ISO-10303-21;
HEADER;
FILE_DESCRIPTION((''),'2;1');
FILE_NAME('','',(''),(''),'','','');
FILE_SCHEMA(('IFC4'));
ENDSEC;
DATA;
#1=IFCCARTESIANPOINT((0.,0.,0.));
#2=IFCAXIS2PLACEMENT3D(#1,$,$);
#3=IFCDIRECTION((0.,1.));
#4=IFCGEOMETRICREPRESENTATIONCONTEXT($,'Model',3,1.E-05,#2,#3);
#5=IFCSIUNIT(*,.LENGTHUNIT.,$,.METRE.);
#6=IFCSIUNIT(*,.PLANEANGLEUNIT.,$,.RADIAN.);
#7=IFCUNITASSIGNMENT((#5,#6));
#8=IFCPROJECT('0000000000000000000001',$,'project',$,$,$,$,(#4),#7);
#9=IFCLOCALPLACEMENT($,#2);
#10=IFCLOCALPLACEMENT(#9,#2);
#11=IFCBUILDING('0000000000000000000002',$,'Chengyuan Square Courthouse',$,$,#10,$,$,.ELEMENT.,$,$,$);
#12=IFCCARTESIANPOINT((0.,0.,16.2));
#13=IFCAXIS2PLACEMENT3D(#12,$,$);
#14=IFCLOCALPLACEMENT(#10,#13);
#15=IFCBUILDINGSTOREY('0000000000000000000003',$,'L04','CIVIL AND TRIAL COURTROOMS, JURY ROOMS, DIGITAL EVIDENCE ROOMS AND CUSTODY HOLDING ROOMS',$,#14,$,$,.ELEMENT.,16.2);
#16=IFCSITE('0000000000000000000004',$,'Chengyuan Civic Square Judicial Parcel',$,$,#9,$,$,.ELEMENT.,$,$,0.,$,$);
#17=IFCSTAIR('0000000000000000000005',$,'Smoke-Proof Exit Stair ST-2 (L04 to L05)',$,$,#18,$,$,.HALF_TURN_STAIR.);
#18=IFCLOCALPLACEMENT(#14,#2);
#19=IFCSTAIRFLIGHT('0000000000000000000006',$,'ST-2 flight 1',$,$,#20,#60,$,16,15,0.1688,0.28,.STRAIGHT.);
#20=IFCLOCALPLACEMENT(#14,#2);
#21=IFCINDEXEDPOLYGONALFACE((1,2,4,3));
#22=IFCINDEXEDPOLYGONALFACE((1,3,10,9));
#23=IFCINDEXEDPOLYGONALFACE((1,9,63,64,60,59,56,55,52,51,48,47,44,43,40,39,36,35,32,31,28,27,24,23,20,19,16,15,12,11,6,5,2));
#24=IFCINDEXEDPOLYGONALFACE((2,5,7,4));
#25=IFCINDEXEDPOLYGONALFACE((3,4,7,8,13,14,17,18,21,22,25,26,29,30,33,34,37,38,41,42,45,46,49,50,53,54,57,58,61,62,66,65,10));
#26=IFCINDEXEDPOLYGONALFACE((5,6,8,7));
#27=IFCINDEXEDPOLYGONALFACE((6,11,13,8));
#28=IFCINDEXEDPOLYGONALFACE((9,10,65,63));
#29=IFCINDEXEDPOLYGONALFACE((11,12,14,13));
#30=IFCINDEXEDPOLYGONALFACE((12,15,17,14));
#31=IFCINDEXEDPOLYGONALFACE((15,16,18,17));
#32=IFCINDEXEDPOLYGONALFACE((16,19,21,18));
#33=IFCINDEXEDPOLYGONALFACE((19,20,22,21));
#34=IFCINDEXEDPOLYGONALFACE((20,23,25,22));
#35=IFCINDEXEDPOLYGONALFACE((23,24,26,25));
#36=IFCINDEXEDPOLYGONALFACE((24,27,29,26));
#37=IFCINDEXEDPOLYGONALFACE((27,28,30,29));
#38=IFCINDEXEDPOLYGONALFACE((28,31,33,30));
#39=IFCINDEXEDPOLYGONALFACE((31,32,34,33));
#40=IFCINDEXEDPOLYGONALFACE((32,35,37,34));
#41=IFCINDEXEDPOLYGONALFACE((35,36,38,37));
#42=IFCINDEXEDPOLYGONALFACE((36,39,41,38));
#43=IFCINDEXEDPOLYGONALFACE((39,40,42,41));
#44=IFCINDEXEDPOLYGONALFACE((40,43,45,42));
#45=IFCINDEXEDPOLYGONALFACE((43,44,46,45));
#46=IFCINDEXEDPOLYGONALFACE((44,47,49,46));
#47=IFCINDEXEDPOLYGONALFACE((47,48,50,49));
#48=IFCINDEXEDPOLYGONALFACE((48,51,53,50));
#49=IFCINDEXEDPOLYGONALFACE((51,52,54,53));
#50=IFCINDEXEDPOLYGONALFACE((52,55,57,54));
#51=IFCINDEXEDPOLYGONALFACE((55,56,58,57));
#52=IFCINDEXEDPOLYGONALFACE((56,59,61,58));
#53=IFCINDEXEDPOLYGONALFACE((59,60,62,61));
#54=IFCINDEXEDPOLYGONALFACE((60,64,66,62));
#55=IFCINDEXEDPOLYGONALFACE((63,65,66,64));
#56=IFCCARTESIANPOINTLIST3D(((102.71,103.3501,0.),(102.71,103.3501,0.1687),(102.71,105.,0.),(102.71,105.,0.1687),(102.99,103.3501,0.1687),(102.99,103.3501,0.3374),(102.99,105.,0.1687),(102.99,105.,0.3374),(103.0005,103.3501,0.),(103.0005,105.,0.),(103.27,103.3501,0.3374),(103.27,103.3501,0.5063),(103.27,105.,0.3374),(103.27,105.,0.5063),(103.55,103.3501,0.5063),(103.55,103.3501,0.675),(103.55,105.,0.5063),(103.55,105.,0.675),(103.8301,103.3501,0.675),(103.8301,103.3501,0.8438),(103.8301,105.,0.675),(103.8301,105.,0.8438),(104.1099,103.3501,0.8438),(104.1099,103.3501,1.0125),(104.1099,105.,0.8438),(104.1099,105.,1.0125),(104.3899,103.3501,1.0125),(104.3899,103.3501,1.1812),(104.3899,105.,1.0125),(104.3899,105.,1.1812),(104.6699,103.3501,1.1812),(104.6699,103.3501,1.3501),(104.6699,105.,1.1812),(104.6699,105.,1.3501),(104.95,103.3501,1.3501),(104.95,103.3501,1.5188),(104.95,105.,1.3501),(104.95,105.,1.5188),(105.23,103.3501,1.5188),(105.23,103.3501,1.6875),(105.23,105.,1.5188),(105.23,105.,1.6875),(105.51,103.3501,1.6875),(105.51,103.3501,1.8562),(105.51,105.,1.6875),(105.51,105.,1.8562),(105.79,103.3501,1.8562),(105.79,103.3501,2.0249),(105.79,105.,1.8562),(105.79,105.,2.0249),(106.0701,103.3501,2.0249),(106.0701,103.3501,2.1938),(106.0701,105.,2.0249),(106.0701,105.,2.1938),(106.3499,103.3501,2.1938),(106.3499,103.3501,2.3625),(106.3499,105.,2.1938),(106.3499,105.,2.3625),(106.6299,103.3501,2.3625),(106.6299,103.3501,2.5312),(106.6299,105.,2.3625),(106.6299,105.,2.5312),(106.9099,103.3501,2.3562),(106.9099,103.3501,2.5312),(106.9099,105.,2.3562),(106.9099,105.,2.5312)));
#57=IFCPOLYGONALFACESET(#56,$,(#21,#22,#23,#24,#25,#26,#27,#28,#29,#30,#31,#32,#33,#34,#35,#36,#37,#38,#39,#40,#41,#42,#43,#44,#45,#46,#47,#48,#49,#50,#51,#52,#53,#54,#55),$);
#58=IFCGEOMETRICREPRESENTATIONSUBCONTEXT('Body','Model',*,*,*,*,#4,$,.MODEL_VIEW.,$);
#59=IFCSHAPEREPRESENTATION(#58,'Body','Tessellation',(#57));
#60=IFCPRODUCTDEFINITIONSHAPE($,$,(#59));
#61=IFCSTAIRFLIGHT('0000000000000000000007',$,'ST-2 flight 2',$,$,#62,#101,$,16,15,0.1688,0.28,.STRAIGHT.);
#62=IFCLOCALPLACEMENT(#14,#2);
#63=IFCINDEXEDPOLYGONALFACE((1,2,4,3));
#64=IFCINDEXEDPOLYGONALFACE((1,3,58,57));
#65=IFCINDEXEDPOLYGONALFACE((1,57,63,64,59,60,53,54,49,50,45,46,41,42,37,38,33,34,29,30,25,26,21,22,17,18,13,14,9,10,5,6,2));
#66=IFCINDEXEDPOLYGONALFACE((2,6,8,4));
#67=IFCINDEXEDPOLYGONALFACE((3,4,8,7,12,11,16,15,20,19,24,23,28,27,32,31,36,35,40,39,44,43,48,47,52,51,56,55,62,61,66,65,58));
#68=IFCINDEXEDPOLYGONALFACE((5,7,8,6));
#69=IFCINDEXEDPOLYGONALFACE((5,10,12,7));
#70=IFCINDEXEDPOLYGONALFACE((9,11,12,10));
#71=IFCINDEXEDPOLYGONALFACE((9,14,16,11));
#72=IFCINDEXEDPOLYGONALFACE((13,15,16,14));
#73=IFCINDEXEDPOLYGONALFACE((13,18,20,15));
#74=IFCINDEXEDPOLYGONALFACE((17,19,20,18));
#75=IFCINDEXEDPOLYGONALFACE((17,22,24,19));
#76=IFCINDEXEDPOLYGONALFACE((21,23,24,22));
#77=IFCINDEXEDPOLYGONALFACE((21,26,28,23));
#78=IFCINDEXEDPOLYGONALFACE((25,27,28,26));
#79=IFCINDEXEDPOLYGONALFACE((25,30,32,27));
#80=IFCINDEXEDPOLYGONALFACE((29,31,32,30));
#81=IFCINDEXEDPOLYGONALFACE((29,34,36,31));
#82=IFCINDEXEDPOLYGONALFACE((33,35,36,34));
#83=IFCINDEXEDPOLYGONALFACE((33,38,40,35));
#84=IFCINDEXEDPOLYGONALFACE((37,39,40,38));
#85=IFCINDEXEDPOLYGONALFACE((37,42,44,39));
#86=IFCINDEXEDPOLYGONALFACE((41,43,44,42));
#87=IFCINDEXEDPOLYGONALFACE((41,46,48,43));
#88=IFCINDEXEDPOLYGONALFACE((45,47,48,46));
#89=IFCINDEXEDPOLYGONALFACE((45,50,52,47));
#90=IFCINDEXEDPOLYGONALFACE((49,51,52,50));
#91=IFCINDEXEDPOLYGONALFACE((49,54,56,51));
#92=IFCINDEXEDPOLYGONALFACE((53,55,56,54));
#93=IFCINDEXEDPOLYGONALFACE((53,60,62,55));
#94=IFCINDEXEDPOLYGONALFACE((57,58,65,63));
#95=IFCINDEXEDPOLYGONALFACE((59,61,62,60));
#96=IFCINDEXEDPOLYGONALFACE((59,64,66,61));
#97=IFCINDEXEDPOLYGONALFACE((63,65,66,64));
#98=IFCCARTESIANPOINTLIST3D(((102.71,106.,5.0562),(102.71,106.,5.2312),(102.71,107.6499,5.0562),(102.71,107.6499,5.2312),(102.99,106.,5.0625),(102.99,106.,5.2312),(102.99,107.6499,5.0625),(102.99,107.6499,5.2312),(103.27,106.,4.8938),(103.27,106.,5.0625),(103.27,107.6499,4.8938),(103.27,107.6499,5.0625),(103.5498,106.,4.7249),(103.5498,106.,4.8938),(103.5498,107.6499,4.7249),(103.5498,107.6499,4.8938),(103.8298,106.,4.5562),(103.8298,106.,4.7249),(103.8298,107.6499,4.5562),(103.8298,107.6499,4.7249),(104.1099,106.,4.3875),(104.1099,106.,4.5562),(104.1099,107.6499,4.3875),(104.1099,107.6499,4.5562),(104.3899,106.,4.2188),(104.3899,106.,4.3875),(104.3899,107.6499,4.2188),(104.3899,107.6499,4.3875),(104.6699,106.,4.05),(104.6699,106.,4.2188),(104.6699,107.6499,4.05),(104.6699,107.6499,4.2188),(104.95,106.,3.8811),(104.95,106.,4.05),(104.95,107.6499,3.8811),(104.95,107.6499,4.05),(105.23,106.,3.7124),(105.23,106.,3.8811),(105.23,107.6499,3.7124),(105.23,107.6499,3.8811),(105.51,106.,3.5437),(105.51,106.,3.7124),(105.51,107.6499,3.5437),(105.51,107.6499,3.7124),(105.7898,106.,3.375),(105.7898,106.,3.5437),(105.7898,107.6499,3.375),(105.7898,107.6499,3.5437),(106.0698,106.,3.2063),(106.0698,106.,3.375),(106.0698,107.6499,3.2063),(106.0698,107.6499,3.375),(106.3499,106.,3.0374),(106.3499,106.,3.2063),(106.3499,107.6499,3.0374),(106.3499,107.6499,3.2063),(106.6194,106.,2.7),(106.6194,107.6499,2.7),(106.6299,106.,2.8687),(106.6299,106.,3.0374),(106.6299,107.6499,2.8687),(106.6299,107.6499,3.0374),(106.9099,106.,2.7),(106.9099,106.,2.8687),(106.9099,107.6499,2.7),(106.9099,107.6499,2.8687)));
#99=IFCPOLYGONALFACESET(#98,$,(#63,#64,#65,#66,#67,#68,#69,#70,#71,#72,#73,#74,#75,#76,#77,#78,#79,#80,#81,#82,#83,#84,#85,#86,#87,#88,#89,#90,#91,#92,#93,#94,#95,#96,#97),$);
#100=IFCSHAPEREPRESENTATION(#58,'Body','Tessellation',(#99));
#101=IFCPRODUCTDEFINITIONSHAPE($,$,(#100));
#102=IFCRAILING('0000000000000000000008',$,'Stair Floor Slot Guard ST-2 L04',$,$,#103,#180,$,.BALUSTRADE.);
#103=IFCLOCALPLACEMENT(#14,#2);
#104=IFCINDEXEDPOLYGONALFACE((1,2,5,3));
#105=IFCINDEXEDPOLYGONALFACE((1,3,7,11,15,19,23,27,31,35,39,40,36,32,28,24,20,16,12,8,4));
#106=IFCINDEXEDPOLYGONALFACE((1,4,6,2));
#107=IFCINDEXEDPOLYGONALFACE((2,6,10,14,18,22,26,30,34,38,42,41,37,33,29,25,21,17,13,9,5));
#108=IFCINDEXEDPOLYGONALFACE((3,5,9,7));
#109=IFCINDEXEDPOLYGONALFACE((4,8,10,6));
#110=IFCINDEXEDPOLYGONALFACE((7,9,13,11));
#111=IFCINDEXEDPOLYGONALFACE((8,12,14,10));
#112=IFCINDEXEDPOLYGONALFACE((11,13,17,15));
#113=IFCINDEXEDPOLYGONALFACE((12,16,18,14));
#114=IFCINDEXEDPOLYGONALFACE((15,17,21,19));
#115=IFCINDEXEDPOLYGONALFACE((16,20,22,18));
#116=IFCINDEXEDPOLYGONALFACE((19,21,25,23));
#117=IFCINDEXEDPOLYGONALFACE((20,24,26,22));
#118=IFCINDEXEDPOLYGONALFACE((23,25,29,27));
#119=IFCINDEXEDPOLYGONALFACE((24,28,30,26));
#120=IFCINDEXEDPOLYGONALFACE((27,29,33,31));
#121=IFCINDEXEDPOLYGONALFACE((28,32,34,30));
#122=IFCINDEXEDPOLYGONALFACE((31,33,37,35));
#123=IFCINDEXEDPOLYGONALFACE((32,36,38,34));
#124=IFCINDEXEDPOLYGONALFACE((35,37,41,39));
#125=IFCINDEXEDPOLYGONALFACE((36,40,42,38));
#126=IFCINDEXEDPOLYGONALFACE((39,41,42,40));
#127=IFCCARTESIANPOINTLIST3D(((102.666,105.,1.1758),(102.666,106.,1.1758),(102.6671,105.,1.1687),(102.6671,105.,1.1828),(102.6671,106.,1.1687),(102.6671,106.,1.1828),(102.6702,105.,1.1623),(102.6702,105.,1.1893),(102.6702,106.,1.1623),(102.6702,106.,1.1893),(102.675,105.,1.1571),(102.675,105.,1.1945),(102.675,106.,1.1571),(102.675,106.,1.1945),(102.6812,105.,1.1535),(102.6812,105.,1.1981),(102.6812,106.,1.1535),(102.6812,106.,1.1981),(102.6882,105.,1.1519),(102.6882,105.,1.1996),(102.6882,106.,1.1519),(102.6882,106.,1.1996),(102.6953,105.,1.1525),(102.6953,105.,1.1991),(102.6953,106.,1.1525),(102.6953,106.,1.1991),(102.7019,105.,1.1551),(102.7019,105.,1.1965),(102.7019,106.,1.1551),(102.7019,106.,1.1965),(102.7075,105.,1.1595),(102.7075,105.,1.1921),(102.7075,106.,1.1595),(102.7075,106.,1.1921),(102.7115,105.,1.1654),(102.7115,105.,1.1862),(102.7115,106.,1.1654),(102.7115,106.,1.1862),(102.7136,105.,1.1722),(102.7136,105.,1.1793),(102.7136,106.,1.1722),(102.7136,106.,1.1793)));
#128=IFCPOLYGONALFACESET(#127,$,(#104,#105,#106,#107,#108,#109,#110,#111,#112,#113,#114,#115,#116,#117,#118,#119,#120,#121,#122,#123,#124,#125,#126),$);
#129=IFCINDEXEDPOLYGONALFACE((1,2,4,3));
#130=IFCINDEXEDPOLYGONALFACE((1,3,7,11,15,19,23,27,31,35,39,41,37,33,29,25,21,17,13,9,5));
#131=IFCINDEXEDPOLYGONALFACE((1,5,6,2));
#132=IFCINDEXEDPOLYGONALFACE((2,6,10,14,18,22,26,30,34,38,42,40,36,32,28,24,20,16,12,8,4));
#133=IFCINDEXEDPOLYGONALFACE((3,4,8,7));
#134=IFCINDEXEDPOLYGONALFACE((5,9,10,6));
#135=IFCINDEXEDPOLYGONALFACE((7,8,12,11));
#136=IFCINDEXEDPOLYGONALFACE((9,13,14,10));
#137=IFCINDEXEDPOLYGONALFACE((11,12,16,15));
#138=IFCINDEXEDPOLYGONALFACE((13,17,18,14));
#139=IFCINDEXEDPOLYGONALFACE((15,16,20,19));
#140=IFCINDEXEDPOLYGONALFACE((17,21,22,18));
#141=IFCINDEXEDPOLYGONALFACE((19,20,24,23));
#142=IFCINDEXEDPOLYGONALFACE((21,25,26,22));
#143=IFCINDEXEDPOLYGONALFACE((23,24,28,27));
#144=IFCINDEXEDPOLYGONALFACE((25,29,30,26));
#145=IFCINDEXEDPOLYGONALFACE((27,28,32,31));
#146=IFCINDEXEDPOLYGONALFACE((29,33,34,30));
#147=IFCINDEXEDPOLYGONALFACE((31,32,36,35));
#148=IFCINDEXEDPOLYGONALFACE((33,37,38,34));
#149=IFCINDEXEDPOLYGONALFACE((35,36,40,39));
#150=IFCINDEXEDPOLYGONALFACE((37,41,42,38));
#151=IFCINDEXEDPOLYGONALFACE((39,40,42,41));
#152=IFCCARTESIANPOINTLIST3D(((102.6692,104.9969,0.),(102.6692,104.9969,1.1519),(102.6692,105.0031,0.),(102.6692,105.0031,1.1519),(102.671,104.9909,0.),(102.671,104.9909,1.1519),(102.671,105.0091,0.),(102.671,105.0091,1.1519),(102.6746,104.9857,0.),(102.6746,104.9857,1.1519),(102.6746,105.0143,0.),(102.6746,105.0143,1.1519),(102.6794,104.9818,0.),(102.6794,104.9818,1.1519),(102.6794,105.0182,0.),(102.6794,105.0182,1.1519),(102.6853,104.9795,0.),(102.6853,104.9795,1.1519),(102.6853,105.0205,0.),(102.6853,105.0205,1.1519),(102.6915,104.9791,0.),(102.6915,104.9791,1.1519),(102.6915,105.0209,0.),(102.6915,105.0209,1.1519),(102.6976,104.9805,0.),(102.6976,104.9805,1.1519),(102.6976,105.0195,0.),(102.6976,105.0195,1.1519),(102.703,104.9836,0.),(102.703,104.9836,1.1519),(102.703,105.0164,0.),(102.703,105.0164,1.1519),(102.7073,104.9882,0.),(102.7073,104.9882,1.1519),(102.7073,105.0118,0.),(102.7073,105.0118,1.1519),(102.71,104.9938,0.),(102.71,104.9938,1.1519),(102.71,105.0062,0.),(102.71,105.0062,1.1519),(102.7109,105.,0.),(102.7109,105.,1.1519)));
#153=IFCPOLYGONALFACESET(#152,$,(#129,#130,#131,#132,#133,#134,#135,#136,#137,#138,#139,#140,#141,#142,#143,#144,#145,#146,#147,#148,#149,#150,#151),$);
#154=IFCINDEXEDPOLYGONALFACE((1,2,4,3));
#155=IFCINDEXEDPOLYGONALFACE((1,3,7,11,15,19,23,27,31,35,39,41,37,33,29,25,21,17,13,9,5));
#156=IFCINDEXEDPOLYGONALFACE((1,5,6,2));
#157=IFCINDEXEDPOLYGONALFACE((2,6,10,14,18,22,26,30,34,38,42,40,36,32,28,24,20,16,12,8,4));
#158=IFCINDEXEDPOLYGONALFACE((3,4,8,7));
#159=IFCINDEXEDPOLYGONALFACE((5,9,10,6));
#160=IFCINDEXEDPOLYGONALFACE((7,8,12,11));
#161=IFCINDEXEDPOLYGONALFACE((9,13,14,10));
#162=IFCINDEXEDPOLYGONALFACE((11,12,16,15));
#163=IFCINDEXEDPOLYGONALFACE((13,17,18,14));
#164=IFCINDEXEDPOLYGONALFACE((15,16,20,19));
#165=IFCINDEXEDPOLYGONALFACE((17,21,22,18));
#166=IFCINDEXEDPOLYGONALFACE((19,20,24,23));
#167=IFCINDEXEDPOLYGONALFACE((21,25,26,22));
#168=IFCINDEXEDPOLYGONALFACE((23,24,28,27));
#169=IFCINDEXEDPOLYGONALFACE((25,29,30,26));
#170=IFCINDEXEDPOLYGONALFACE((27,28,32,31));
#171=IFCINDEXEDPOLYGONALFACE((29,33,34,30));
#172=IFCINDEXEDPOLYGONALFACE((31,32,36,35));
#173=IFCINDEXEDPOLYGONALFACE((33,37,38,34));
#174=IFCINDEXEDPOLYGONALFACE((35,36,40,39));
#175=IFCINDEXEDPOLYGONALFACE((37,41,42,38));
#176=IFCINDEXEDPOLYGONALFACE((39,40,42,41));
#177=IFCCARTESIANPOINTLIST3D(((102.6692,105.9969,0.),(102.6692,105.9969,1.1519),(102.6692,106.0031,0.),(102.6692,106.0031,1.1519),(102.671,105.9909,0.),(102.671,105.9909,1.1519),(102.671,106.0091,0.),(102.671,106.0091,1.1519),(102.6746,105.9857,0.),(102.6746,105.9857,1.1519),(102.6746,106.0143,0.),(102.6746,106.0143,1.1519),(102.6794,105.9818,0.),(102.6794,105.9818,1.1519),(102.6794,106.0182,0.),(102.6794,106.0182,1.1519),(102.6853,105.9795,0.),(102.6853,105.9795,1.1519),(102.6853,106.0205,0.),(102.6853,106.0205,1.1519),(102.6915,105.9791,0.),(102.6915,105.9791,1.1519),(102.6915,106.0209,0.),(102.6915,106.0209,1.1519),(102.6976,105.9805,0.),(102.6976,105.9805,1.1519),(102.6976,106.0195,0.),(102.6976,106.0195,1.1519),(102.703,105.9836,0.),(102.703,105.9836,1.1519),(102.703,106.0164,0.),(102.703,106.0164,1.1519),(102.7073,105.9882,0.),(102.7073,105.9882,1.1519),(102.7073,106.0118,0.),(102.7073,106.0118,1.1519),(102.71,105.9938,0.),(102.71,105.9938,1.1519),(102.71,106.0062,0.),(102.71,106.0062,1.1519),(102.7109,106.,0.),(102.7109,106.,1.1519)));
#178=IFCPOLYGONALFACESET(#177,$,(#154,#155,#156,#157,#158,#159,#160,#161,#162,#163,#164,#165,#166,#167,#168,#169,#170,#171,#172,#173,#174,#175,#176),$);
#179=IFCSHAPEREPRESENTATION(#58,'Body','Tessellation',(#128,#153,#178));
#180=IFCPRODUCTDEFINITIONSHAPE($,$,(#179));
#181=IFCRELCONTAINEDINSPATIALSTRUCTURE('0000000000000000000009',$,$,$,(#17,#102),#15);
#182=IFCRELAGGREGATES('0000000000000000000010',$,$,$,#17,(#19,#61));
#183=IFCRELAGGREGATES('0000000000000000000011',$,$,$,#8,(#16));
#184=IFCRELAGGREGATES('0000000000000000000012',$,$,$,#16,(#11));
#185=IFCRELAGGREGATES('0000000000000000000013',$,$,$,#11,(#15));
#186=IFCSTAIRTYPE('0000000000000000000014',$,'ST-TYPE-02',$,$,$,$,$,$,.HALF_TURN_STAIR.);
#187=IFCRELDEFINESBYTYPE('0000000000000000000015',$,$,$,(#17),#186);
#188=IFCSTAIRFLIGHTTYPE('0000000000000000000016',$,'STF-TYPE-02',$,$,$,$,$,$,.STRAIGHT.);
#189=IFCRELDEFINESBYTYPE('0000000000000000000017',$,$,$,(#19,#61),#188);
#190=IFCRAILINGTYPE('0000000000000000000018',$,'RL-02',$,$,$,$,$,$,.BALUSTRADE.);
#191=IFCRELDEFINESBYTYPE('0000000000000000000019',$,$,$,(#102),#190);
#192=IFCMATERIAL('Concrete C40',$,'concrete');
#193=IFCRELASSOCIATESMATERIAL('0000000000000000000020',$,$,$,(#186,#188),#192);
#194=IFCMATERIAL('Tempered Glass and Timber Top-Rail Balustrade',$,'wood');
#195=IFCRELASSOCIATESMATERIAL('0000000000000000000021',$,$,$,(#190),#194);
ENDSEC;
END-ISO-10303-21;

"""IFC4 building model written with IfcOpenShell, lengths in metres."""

from ifc_helpers import new_model, si_unit, direction, frame, origin, origin_2d, place, context, subcontext, project, spatial, polyline, circle, outline, extrude, material, type_object, element, aggregate, save


model = new_model("IFC4")

# Units and contexts
model_context = context("Model", 3, precision=1e-05, world=origin(), true_north=direction((0.0, 1.0)))
body_context = subcontext(model_context, "Body", "Model", "MODEL_VIEW")
ifc_project = project(units=[si_unit("LENGTHUNIT", "METRE"), si_unit("PLANEANGLEUNIT", "RADIAN")], contexts=[model_context])

# Site, building, storey
site_placement = place(None, origin())
site = spatial("IfcSite", under=ifc_project, at=site_placement, Name="Chengyuan Civic Square Judicial Parcel", CompositionType="ELEMENT", RefElevation=0.0)
building_placement = place(site_placement, origin())
building = spatial("IfcBuilding", under=site, at=building_placement, Name="Chengyuan Square Courthouse", CompositionType="ELEMENT")
storey_placement = place(building_placement, frame((0.0, 0.0, 16.2)))
storey = spatial("IfcBuildingStorey", under=building, at=storey_placement, Name="L04", Description="CIVIL AND TRIAL COURTROOMS, JURY ROOMS, DIGITAL EVIDENCE ROOMS AND CUSTODY HOLDING ROOMS", CompositionType="ELEMENT", Elevation=16.2)

# Shared definitions
ifc_material_1 = material(Name="Concrete C40", Category="concrete")

# Stair, stair flights
stair_type = type_object("IfcStairType", Name="ST-TYPE-02", PredefinedType="HALF_TURN_STAIR", material=ifc_material_1)
stair_placement = place(storey_placement, origin())
stair = element("IfcStair", 1, at=stair_placement, inside=storey, type_object=stair_type, Name="Smoke-Proof Exit Stair ST-2 (L04 to L05)", PredefinedType="HALF_TURN_STAIR")
stair_flight_type = type_object("IfcStairFlightType", Name="STF-TYPE-02", PredefinedType="STRAIGHT", material=ifc_material_1)
stair_flight_1_placement = place(storey_placement, frame((102.71, 104.175, 0.0), z_axis=(0.0, 0.0, 1.0), x_axis=(1.0, 0.0, 0.0)))
stair_flight_1 = element("IfcStairFlight", 2, at=stair_flight_1_placement, type_object=stair_flight_type, Name="ST-2 flight 1", NumberOfRisers=16, NumberOfTreads=15, PredefinedType="STRAIGHT", RiserHeight=0.1688, TreadLength=0.28, context=body_context, shape_type="SweptSolid", body=[
    extrude(outline(polyline([(0.0, 0.0), (0.0, 0.1687), (0.28, 0.1687), (0.28, 0.3374), (0.5601, 0.3374), (0.5601, 0.5063), (0.8401, 0.5063), (0.8401, 0.675), (1.1201, 0.675), (1.1201, 0.8438), (1.3999, 0.8438), (1.3999, 1.0125), (1.6799, 1.0125), (1.6799, 1.1812), (1.96, 1.1812), (1.96, 1.3501), (2.24, 1.3501), (2.24, 1.5188), (2.52, 1.5188), (2.52, 1.6875), (2.8, 1.6875), (2.8, 1.8562), (3.0801, 1.8562), (3.0801, 2.0249), (3.3601, 2.0249), (3.3601, 2.1938), (3.6399, 2.1938), (3.6399, 2.3625), (3.9199, 2.3625), (3.9199, 2.5312), (4.2, 2.5312), (4.2, 2.7), (4.2, 2.3562), (0.2905, 0.0), (0.0, 0.0)])), frame((0.0, 0.825, 0.0), z_axis=(0.0, -1.0, 0.0), x_axis=(1.0, 0.0, 0.0)), (0.0, 0.0, 1.0), 1.6499),
])
stair_flight_2_placement = place(storey_placement, frame((106.9099, 106.825, 2.7), z_axis=(0.0, 0.0, 1.0), x_axis=(-1.0, 0.0, 0.0)))
stair_flight_2 = element("IfcStairFlight", 3, at=stair_flight_2_placement, type_object=stair_flight_type, Name="ST-2 flight 2", NumberOfRisers=16, NumberOfTreads=15, PredefinedType="STRAIGHT", RiserHeight=0.1688, TreadLength=0.28, context=body_context, shape_type="SweptSolid", body=[
    extrude(outline(polyline([(0.0, 0.0), (0.0, 0.1687), (0.28, 0.1687), (0.28, 0.3374), (0.5601, 0.3374), (0.5601, 0.5063), (0.8401, 0.5063), (0.8401, 0.675), (1.1201, 0.675), (1.1201, 0.8438), (1.3999, 0.8438), (1.3999, 1.0125), (1.6799, 1.0125), (1.6799, 1.1812), (1.96, 1.1812), (1.96, 1.3501), (2.24, 1.3501), (2.24, 1.5188), (2.52, 1.5188), (2.52, 1.6875), (2.8, 1.6875), (2.8, 1.8562), (3.0801, 1.8562), (3.0801, 2.0249), (3.3601, 2.0249), (3.3601, 2.1938), (3.6399, 2.1938), (3.6399, 2.3625), (3.9199, 2.3625), (3.9199, 2.5312), (4.2, 2.5312), (4.2, 2.7), (4.2, 2.3562), (0.2905, 0.0), (0.0, 0.0)])), frame((0.0, 0.825, 0.0), z_axis=(0.0, -1.0, 0.0), x_axis=(1.0, 0.0, 0.0)), (0.0, 0.0, 1.0), 1.6499),
])
aggregate(stair, [stair_flight_1, stair_flight_2])

# Railing
ifc_material_2 = material(Name="Tempered Glass and Timber Top-Rail Balustrade", Category="wood")
railing_type_1 = type_object("IfcRailingType", Name="RL-02", PredefinedType="BALUSTRADE", material=ifc_material_2)
for number, where, name in (
    (4, (102.6899, 105.0, 0.0), "Stair Floor Slot Guard ST-2 L04"),
):
    element("IfcRailing", number, at=place(storey_placement, frame(where)), inside=storey, type_object=railing_type_1, Name=name, PredefinedType="BALUSTRADE", context=body_context, shape_type="SweptSolid", body=[
        extrude(circle(Radius=0.0239, at=origin_2d()), frame((0.0, 0.0, 1.1758), z_axis=(0.0, 1.0, 0.0), x_axis=(-1.0, 0.0, 0.0)), (0.0, 0.0, 1.0), 1.0),
        extrude(circle(Radius=0.021, at=origin_2d()), origin(), (0.0, 0.0, 1.0), 1.1519),
        extrude(circle(Radius=0.021, at=origin_2d()), frame((0.0, 1.0, 0.0)), (0.0, 0.0, 1.0), 1.1519),
    ])

save(model, "model.ifc")
